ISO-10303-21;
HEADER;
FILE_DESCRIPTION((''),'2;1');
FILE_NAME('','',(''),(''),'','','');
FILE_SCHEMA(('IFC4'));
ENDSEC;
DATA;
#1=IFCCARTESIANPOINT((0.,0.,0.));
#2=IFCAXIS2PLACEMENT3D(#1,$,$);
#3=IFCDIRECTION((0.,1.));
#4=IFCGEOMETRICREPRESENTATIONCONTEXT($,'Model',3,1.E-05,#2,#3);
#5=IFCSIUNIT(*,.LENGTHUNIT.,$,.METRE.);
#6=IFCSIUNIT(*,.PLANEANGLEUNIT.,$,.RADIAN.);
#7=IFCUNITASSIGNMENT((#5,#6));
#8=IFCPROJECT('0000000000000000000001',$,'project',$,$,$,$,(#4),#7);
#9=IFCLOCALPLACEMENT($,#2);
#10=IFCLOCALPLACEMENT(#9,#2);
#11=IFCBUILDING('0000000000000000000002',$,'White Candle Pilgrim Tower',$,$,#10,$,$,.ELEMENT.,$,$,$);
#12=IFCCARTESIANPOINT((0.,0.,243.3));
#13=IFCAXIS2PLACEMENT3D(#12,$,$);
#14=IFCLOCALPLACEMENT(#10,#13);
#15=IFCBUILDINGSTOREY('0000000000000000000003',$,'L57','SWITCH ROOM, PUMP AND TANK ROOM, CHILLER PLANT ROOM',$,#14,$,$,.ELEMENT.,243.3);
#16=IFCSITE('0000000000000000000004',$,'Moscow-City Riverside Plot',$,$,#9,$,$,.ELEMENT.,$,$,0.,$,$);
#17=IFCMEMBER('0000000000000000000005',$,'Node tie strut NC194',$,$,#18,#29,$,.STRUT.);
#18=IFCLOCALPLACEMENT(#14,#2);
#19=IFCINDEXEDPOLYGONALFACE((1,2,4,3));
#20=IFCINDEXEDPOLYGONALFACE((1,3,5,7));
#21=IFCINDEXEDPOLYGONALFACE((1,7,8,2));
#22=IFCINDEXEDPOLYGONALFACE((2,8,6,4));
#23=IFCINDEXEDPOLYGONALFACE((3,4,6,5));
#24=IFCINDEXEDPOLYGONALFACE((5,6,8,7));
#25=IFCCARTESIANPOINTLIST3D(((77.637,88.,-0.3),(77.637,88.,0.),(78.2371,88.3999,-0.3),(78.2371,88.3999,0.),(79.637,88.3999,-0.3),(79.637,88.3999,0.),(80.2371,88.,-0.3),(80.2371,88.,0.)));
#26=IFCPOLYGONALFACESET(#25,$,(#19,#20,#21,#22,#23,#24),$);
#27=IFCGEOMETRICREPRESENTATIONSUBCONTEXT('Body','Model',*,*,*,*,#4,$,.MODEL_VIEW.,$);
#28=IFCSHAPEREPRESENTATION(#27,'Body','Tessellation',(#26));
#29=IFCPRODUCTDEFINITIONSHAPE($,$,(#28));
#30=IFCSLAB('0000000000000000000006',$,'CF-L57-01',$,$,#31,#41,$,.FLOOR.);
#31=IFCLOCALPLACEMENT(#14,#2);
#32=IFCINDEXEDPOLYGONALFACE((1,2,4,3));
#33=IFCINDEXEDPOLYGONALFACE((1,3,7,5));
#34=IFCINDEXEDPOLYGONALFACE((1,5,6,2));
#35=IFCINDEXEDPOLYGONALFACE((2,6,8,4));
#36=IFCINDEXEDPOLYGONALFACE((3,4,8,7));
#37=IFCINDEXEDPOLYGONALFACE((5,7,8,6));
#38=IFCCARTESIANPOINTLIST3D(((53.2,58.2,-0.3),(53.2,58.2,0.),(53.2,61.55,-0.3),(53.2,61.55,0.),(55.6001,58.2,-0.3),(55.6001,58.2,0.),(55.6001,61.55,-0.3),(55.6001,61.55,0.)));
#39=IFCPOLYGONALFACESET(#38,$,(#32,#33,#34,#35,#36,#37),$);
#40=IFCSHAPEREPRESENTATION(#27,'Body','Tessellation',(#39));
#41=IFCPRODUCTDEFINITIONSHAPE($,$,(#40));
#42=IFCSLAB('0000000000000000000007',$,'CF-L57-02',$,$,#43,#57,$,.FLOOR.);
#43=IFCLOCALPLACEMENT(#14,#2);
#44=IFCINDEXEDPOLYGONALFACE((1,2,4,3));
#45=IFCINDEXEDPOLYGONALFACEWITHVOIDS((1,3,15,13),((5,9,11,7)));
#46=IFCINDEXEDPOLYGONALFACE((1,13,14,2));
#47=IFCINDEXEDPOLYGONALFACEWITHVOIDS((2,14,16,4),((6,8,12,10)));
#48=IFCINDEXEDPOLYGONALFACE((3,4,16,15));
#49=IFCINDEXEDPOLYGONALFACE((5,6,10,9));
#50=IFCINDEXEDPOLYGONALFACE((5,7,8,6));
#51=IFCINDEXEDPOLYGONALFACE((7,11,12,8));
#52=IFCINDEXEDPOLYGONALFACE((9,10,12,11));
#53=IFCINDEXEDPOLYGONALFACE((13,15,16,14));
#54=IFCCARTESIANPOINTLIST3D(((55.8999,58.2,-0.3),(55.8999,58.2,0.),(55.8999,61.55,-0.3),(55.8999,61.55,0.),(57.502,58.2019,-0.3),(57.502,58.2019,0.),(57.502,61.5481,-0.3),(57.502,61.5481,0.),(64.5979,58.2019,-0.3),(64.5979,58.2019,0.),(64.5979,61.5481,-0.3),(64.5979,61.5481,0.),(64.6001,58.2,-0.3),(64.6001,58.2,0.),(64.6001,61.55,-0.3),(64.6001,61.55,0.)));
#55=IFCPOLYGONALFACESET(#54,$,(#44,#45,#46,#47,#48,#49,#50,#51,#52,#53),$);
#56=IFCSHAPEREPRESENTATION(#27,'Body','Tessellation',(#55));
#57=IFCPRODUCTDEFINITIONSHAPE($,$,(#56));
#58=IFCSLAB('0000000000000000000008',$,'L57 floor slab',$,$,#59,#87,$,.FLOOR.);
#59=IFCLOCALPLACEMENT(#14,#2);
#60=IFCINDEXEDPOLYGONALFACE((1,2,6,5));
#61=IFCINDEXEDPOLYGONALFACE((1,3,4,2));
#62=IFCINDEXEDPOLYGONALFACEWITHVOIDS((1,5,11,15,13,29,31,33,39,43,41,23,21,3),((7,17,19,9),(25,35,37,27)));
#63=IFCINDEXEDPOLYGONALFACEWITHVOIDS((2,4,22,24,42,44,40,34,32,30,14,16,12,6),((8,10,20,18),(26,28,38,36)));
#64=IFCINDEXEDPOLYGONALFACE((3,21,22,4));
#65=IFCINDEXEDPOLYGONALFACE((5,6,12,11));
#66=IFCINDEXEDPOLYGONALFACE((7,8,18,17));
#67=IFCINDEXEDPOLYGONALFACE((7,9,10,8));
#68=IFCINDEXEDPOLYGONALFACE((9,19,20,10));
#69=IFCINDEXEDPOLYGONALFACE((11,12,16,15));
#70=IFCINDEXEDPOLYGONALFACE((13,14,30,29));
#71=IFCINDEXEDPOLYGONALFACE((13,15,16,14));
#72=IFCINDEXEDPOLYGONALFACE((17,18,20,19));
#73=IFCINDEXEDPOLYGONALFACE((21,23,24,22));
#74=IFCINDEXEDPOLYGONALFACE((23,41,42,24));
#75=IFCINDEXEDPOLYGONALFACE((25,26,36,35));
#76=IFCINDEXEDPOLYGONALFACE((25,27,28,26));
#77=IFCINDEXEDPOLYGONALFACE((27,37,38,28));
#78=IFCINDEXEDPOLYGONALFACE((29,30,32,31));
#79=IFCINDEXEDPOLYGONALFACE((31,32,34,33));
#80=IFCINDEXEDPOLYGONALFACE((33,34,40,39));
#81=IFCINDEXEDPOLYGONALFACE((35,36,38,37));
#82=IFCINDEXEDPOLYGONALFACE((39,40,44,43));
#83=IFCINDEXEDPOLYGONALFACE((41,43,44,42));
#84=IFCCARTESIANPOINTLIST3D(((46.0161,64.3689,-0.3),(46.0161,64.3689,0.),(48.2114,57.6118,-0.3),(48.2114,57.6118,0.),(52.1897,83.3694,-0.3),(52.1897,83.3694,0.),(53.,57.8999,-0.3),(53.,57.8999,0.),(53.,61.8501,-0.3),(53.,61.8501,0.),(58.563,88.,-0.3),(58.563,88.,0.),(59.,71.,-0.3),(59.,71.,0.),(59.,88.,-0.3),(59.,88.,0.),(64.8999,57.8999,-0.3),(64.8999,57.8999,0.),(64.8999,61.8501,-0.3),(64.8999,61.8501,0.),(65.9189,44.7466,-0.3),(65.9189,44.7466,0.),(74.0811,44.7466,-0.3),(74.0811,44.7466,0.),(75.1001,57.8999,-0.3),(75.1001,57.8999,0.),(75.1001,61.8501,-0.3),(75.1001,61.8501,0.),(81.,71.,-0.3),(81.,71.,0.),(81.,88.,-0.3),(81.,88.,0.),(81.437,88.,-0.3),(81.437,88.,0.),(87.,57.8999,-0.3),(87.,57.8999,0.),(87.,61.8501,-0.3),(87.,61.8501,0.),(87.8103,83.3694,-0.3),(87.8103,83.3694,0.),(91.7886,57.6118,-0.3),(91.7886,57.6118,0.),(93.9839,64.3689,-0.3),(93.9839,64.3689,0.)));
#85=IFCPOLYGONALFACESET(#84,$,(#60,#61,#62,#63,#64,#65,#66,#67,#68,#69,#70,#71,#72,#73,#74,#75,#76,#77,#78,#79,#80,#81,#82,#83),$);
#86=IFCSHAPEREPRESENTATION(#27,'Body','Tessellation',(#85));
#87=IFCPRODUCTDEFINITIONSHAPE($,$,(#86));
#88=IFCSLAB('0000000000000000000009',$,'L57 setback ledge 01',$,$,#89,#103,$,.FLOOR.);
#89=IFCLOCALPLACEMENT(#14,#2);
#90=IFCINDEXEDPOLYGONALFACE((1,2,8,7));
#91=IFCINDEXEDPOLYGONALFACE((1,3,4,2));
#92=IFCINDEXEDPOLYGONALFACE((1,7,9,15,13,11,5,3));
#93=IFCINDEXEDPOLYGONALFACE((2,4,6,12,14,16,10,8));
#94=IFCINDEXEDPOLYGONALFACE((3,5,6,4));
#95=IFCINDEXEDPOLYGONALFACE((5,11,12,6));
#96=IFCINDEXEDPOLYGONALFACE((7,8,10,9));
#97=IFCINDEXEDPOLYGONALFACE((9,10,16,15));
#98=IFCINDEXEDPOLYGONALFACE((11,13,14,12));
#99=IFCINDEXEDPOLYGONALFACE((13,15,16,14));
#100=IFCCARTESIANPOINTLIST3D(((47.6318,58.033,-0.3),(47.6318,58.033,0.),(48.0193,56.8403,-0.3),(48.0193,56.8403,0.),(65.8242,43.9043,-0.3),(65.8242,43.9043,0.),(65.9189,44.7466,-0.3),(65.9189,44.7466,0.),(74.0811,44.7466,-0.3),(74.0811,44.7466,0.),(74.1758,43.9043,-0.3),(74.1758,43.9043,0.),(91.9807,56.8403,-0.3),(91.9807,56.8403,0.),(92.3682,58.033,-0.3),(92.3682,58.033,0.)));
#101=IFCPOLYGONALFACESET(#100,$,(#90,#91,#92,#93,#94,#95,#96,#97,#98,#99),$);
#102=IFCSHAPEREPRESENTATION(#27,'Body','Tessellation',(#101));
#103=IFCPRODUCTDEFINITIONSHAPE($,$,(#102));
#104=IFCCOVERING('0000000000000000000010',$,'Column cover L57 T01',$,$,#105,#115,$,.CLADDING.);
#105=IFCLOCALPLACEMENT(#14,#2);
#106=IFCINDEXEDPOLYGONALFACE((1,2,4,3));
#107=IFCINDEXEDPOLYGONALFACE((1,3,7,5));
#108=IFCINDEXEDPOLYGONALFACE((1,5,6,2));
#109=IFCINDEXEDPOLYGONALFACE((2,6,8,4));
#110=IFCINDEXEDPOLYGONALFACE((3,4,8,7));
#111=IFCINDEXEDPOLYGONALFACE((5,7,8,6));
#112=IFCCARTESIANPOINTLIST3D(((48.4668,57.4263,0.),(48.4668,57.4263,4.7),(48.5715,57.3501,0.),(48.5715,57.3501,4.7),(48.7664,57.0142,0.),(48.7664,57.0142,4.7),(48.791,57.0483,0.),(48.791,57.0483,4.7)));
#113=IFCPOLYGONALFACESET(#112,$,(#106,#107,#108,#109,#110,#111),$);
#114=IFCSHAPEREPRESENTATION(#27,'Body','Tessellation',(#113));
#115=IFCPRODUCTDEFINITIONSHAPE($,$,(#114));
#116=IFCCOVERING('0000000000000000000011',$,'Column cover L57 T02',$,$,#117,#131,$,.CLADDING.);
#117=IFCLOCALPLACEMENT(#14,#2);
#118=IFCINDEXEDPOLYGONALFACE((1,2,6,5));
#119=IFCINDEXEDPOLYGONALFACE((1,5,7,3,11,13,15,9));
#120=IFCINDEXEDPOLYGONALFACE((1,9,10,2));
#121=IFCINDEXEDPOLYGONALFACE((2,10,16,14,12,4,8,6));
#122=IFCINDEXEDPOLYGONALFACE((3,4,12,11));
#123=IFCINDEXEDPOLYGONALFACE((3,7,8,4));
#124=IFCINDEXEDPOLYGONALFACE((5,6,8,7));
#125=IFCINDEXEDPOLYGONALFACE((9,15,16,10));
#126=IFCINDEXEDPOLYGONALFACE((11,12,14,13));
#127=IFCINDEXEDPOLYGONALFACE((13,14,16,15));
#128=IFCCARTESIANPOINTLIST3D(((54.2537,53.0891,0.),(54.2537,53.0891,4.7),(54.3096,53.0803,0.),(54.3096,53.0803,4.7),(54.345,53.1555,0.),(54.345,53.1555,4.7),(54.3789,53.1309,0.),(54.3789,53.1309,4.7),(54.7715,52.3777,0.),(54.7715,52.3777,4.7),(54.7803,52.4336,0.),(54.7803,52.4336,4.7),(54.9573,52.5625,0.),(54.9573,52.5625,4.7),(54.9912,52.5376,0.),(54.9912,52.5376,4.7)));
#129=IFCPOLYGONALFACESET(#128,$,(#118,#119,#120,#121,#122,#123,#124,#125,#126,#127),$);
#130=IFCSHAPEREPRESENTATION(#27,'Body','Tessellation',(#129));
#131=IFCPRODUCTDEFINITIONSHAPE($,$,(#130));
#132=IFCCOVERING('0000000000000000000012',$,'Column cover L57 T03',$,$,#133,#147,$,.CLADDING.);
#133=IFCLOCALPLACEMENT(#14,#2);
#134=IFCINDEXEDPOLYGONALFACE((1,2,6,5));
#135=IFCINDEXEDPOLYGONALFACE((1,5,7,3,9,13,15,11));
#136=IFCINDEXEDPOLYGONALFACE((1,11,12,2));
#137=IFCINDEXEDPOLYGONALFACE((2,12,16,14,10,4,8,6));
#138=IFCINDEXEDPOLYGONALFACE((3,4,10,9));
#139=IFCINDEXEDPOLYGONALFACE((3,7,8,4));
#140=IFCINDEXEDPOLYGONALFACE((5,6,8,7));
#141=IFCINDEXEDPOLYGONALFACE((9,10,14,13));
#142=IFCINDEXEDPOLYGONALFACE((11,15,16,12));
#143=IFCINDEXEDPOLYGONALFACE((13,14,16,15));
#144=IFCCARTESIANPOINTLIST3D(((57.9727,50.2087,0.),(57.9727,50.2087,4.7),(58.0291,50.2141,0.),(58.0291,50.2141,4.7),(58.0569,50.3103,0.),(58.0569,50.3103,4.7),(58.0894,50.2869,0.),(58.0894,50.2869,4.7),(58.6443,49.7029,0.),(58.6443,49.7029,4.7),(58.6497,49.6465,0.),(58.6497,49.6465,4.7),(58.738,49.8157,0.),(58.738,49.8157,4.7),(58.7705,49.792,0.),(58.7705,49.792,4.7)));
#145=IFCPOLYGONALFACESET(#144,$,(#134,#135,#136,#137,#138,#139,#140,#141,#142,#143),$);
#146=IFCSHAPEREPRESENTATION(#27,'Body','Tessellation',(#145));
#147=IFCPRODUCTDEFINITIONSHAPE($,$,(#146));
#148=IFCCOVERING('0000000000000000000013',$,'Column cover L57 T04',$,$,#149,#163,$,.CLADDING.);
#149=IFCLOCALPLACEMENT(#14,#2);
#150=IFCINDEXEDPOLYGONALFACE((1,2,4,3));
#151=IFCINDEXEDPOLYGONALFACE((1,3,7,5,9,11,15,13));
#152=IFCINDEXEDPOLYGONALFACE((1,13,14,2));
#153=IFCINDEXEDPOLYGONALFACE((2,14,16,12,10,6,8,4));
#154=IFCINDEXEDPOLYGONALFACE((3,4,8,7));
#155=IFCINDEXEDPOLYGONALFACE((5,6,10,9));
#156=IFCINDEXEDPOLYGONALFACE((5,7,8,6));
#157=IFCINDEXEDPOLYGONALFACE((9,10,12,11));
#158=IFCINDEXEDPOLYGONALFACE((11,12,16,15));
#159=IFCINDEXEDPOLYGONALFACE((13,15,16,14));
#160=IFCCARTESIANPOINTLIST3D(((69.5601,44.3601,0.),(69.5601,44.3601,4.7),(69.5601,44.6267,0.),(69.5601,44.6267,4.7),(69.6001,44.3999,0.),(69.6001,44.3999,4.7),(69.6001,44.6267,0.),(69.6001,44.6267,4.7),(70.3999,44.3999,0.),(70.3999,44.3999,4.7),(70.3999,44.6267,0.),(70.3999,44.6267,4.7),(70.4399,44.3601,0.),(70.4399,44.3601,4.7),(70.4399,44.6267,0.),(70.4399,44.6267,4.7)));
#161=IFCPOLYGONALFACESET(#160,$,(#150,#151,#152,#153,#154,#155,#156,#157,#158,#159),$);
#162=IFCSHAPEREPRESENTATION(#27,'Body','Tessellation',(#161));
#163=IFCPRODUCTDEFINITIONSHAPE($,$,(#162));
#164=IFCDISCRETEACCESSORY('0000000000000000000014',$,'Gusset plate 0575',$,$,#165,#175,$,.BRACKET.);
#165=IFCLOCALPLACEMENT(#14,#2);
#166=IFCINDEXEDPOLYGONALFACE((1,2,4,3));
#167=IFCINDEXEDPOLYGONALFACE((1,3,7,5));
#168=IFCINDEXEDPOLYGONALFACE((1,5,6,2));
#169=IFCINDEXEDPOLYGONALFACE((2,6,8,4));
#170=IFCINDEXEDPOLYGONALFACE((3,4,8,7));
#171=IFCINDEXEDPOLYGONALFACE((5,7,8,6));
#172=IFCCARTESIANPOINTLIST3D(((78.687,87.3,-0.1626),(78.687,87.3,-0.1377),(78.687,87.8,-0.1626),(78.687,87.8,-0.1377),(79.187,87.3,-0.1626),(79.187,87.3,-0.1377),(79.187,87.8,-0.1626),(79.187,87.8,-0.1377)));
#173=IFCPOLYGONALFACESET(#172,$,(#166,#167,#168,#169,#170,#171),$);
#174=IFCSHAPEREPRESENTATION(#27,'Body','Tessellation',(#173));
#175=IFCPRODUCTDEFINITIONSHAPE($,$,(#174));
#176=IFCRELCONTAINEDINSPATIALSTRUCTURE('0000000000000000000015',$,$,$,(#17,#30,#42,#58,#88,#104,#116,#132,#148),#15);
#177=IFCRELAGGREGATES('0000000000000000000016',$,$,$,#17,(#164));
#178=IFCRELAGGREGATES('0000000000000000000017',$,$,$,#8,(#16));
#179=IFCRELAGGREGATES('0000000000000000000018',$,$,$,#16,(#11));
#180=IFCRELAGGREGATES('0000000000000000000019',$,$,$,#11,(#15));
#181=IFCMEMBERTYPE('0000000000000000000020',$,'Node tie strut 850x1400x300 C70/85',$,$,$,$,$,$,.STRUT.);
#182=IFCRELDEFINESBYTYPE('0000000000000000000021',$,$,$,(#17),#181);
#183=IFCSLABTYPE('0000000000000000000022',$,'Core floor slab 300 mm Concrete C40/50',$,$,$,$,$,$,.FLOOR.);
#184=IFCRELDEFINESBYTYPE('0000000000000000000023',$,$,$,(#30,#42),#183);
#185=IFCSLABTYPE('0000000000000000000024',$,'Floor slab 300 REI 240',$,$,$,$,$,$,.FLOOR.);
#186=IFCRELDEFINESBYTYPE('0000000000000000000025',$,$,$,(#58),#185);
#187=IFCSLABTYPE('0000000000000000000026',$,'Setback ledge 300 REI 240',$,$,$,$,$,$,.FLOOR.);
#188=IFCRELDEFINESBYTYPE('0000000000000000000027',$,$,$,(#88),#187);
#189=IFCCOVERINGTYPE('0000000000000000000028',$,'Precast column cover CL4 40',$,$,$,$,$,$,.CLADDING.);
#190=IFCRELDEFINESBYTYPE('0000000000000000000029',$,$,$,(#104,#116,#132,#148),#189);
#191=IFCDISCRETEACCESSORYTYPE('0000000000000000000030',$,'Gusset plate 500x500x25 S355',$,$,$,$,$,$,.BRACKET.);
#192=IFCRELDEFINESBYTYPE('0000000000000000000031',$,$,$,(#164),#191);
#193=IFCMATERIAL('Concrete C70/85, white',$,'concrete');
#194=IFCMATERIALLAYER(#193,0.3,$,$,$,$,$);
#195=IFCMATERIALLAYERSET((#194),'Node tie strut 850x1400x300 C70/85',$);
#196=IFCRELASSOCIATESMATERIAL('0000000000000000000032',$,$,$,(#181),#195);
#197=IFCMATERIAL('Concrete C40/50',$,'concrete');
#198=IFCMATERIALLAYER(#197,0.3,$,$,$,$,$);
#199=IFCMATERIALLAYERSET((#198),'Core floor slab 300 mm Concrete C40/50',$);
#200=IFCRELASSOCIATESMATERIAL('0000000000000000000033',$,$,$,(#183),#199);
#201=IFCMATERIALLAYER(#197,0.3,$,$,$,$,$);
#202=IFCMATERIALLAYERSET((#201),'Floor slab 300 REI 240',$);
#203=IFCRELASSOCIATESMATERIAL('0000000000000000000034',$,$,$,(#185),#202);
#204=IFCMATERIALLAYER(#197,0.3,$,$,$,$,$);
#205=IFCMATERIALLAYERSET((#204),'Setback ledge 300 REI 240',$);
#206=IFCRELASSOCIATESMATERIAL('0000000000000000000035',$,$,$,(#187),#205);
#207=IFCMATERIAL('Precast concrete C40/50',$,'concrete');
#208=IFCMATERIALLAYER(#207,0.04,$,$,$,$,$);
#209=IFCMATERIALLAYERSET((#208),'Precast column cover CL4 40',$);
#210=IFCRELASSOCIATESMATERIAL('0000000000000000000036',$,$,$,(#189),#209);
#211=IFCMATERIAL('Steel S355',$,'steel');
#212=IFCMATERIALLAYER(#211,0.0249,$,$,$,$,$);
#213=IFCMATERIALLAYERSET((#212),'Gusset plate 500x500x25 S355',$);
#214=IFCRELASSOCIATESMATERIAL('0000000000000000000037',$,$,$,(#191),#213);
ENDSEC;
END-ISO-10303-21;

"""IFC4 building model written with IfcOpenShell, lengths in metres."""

from ifc_helpers import new_model, si_unit, direction, frame, origin, origin_2d, place, context, subcontext, project, spatial, polyline, rectangle, outline, extrude, material, layer, layer_set, type_object, element, aggregate, save


model = new_model("IFC4")

# Units and contexts
model_context = context("Model", 3, precision=1e-05, world=origin(), true_north=direction((0.0, 1.0)))
body_context = subcontext(model_context, "Body", "Model", "MODEL_VIEW")
ifc_project = project(units=[si_unit("LENGTHUNIT", "METRE"), si_unit("PLANEANGLEUNIT", "RADIAN")], contexts=[model_context])

# Site, building, storey
site_placement = place(None, origin())
site = spatial("IfcSite", under=ifc_project, at=site_placement, Name="Moscow-City Riverside Plot", CompositionType="ELEMENT", RefElevation=0.0)
building_placement = place(site_placement, origin())
building = spatial("IfcBuilding", under=site, at=building_placement, Name="White Candle Pilgrim Tower", CompositionType="ELEMENT")
storey_placement = place(building_placement, frame((0.0, 0.0, 243.3)))
storey = spatial("IfcBuildingStorey", under=building, at=storey_placement, Name="L57", Description="SWITCH ROOM, PUMP AND TANK ROOM, CHILLER PLANT ROOM", CompositionType="ELEMENT", Elevation=243.3)

# Member
ifc_material_1 = material(Name="Concrete C70/85, white", Category="concrete")
ifc_layer_1 = layer(ifc_material_1, 0.3)
ifc_layer_set_1 = layer_set([ifc_layer_1], Name="Node tie strut 850x1400x300 C70/85")
member_type_1 = type_object("IfcMemberType", Name="Node tie strut 850x1400x300 C70/85", PredefinedType="STRUT", material=ifc_layer_set_1)
member_1_placement = place(storey_placement, frame((0.0, 0.0, -0.3)))
member_1 = element("IfcMember", 1, at=member_1_placement, inside=storey, type_object=member_type_1, Name="Node tie strut NC194", PredefinedType="STRUT", context=body_context, shape_type="SweptSolid", body=[
    extrude(outline(polyline([(77.637, 88.0), (80.2371, 88.0), (79.637, 88.3999), (78.2371, 88.3999), (77.637, 88.0)])), origin(), (0.0, 0.0, 1.0), 0.3),
])

# Slabs
ifc_material_2 = material(Name="Concrete C40/50", Category="concrete")
ifc_layer_2 = layer(ifc_material_2, 0.3)
ifc_layer_set_2 = layer_set([ifc_layer_2], Name="Core floor slab 300 mm Concrete C40/50")
slab_type_1 = type_object("IfcSlabType", Name="Core floor slab 300 mm Concrete C40/50", PredefinedType="FLOOR", material=ifc_layer_set_2)
slab_1_placement = place(storey_placement, frame((0.0, 0.0, -0.3)))
element("IfcSlab", 2, at=slab_1_placement, inside=storey, type_object=slab_type_1, Name="CF-L57-01", PredefinedType="FLOOR", context=body_context, shape_type="SweptSolid", body=[
    extrude(outline(polyline([(55.6001, 58.2), (53.2, 58.2), (53.2, 61.55), (55.6001, 61.55), (55.6001, 58.2)])), origin(), (0.0, 0.0, 1.0), 0.3),
])
slab_2_placement = place(storey_placement, frame((0.0, 0.0, -0.3)))
element("IfcSlab", 3, at=slab_2_placement, inside=storey, type_object=slab_type_1, Name="CF-L57-02", PredefinedType="FLOOR", context=body_context, shape_type="SweptSolid", body=[
    extrude(outline(polyline([(55.8999, 58.2), (55.8999, 61.55), (64.6001, 61.55), (64.6001, 58.2), (55.8999, 58.2)]), holes=[polyline([(57.502, 61.5481), (57.502, 58.2019), (64.5979, 58.2019), (64.5979, 61.5481), (57.502, 61.5481)])]), origin(), (0.0, 0.0, 1.0), 0.3),
])
ifc_layer_3 = layer(ifc_material_2, 0.3)
ifc_layer_set_3 = layer_set([ifc_layer_3], Name="Floor slab 300 REI 240")
slab_type_2 = type_object("IfcSlabType", Name="Floor slab 300 REI 240", PredefinedType="FLOOR", material=ifc_layer_set_3)
slab_3_placement = place(storey_placement, frame((0.0, 0.0, -0.3)))
element("IfcSlab", 4, at=slab_3_placement, inside=storey, type_object=slab_type_2, Name="L57 floor slab", PredefinedType="FLOOR", context=body_context, shape_type="SweptSolid", body=[
    extrude(outline(polyline([(65.9189, 44.7466), (74.0811, 44.7466), (91.7886, 57.6118), (93.9839, 64.3689), (87.8103, 83.3694), (81.437, 88.0), (81.0, 88.0), (81.0, 71.0), (59.0, 71.0), (59.0, 88.0), (58.563, 88.0), (52.1897, 83.3694), (46.0161, 64.3689), (48.2114, 57.6118), (65.9189, 44.7466)]), holes=[polyline([(53.0, 57.8999), (53.0, 61.8501), (64.8999, 61.8501), (64.8999, 57.8999), (53.0, 57.8999)]), polyline([(75.1001, 57.8999), (75.1001, 61.8501), (87.0, 61.8501), (87.0, 57.8999), (75.1001, 57.8999)])]), origin(), (0.0, 0.0, 1.0), 0.3),
])
ifc_layer_4 = layer(ifc_material_2, 0.3)
ifc_layer_set_4 = layer_set([ifc_layer_4], Name="Setback ledge 300 REI 240")
slab_type_3 = type_object("IfcSlabType", Name="Setback ledge 300 REI 240", PredefinedType="FLOOR", material=ifc_layer_set_4)
slab_4_placement = place(storey_placement, frame((0.0, 0.0, -0.3)))
element("IfcSlab", 5, at=slab_4_placement, inside=storey, type_object=slab_type_3, Name="L57 setback ledge 01", PredefinedType="FLOOR", context=body_context, shape_type="SweptSolid", body=[
    extrude(outline(polyline([(65.8242, 43.9043), (74.1758, 43.9043), (91.9807, 56.8403), (92.3682, 58.033), (74.0811, 44.7466), (65.9189, 44.7466), (47.6318, 58.033), (48.0193, 56.8403), (65.8242, 43.9043)])), origin(), (0.0, 0.0, 1.0), 0.3),
])

# Coverings
ifc_material_3 = material(Name="Precast concrete C40/50", Category="concrete")
ifc_layer_5 = layer(ifc_material_3, 0.04)
ifc_layer_set_5 = layer_set([ifc_layer_5], Name="Precast column cover CL4 40")
covering_type = type_object("IfcCoveringType", Name="Precast column cover CL4 40", PredefinedType="CLADDING", material=ifc_layer_set_5)
covering_1_placement = place(storey_placement, origin())
element("IfcCovering", 6, at=covering_1_placement, inside=storey, type_object=covering_type, Name="Column cover L57 T01", PredefinedType="CLADDING", context=body_context, shape_type="SweptSolid", body=[
    extrude(outline(polyline([(48.7664, 57.0142), (48.4668, 57.4263), (48.5715, 57.3501), (48.791, 57.0483), (48.7664, 57.0142)])), origin(), (0.0, 0.0, 1.0), 4.7),
])
covering_2_placement = place(storey_placement, origin())
element("IfcCovering", 7, at=covering_2_placement, inside=storey, type_object=covering_type, Name="Column cover L57 T02", PredefinedType="CLADDING", context=body_context, shape_type="SweptSolid", body=[
    extrude(outline(polyline([(54.9912, 52.5376), (54.7715, 52.3777), (54.2537, 53.0891), (54.345, 53.1555), (54.3789, 53.1309), (54.3096, 53.0803), (54.7803, 52.4336), (54.9573, 52.5625), (54.9912, 52.5376)])), origin(), (0.0, 0.0, 1.0), 4.7),
])
covering_3_placement = place(storey_placement, origin())
element("IfcCovering", 8, at=covering_3_placement, inside=storey, type_object=covering_type, Name="Column cover L57 T03", PredefinedType="CLADDING", context=body_context, shape_type="SweptSolid", body=[
    extrude(outline(polyline([(58.7705, 49.792), (58.6497, 49.6465), (57.9727, 50.2087), (58.0569, 50.3103), (58.0894, 50.2869), (58.0291, 50.2141), (58.6443, 49.7029), (58.738, 49.8157), (58.7705, 49.792)])), origin(), (0.0, 0.0, 1.0), 4.7),
])
covering_4_placement = place(storey_placement, origin())
element("IfcCovering", 9, at=covering_4_placement, inside=storey, type_object=covering_type, Name="Column cover L57 T04", PredefinedType="CLADDING", context=body_context, shape_type="SweptSolid", body=[
    extrude(outline(polyline([(70.4399, 44.6267), (70.4399, 44.3601), (69.5601, 44.3601), (69.5601, 44.6267), (69.6001, 44.6267), (69.6001, 44.3999), (70.3999, 44.3999), (70.3999, 44.6267), (70.4399, 44.6267)])), origin(), (0.0, 0.0, 1.0), 4.7),
])

# Discrete accessory
ifc_material_4 = material(Name="Steel S355", Category="steel")
ifc_layer_6 = layer(ifc_material_4, 0.0249)
ifc_layer_set_6 = layer_set([ifc_layer_6], Name="Gusset plate 500x500x25 S355")
discrete_accessory_type = type_object("IfcDiscreteAccessoryType", Name="Gusset plate 500x500x25 S355", PredefinedType="BRACKET", material=ifc_layer_set_6)
discrete_accessory_1_placement = place(storey_placement, frame((78.937, 87.55, -0.1626), z_axis=(0.0, 0.0, 1.0), x_axis=(1.0, 0.0, 0.0)))
discrete_accessory_1 = element("IfcDiscreteAccessory", 10, at=discrete_accessory_1_placement, type_object=discrete_accessory_type, Name="Gusset plate 0575", PredefinedType="BRACKET", context=body_context, shape_type="SweptSolid", body=[
    extrude(rectangle(XDim=0.5, YDim=0.5, at=origin_2d()), origin(), (0.0, 0.0, 1.0), 0.0249),
])
aggregate(member_1, [discrete_accessory_1])

save(model, "model.ifc")
